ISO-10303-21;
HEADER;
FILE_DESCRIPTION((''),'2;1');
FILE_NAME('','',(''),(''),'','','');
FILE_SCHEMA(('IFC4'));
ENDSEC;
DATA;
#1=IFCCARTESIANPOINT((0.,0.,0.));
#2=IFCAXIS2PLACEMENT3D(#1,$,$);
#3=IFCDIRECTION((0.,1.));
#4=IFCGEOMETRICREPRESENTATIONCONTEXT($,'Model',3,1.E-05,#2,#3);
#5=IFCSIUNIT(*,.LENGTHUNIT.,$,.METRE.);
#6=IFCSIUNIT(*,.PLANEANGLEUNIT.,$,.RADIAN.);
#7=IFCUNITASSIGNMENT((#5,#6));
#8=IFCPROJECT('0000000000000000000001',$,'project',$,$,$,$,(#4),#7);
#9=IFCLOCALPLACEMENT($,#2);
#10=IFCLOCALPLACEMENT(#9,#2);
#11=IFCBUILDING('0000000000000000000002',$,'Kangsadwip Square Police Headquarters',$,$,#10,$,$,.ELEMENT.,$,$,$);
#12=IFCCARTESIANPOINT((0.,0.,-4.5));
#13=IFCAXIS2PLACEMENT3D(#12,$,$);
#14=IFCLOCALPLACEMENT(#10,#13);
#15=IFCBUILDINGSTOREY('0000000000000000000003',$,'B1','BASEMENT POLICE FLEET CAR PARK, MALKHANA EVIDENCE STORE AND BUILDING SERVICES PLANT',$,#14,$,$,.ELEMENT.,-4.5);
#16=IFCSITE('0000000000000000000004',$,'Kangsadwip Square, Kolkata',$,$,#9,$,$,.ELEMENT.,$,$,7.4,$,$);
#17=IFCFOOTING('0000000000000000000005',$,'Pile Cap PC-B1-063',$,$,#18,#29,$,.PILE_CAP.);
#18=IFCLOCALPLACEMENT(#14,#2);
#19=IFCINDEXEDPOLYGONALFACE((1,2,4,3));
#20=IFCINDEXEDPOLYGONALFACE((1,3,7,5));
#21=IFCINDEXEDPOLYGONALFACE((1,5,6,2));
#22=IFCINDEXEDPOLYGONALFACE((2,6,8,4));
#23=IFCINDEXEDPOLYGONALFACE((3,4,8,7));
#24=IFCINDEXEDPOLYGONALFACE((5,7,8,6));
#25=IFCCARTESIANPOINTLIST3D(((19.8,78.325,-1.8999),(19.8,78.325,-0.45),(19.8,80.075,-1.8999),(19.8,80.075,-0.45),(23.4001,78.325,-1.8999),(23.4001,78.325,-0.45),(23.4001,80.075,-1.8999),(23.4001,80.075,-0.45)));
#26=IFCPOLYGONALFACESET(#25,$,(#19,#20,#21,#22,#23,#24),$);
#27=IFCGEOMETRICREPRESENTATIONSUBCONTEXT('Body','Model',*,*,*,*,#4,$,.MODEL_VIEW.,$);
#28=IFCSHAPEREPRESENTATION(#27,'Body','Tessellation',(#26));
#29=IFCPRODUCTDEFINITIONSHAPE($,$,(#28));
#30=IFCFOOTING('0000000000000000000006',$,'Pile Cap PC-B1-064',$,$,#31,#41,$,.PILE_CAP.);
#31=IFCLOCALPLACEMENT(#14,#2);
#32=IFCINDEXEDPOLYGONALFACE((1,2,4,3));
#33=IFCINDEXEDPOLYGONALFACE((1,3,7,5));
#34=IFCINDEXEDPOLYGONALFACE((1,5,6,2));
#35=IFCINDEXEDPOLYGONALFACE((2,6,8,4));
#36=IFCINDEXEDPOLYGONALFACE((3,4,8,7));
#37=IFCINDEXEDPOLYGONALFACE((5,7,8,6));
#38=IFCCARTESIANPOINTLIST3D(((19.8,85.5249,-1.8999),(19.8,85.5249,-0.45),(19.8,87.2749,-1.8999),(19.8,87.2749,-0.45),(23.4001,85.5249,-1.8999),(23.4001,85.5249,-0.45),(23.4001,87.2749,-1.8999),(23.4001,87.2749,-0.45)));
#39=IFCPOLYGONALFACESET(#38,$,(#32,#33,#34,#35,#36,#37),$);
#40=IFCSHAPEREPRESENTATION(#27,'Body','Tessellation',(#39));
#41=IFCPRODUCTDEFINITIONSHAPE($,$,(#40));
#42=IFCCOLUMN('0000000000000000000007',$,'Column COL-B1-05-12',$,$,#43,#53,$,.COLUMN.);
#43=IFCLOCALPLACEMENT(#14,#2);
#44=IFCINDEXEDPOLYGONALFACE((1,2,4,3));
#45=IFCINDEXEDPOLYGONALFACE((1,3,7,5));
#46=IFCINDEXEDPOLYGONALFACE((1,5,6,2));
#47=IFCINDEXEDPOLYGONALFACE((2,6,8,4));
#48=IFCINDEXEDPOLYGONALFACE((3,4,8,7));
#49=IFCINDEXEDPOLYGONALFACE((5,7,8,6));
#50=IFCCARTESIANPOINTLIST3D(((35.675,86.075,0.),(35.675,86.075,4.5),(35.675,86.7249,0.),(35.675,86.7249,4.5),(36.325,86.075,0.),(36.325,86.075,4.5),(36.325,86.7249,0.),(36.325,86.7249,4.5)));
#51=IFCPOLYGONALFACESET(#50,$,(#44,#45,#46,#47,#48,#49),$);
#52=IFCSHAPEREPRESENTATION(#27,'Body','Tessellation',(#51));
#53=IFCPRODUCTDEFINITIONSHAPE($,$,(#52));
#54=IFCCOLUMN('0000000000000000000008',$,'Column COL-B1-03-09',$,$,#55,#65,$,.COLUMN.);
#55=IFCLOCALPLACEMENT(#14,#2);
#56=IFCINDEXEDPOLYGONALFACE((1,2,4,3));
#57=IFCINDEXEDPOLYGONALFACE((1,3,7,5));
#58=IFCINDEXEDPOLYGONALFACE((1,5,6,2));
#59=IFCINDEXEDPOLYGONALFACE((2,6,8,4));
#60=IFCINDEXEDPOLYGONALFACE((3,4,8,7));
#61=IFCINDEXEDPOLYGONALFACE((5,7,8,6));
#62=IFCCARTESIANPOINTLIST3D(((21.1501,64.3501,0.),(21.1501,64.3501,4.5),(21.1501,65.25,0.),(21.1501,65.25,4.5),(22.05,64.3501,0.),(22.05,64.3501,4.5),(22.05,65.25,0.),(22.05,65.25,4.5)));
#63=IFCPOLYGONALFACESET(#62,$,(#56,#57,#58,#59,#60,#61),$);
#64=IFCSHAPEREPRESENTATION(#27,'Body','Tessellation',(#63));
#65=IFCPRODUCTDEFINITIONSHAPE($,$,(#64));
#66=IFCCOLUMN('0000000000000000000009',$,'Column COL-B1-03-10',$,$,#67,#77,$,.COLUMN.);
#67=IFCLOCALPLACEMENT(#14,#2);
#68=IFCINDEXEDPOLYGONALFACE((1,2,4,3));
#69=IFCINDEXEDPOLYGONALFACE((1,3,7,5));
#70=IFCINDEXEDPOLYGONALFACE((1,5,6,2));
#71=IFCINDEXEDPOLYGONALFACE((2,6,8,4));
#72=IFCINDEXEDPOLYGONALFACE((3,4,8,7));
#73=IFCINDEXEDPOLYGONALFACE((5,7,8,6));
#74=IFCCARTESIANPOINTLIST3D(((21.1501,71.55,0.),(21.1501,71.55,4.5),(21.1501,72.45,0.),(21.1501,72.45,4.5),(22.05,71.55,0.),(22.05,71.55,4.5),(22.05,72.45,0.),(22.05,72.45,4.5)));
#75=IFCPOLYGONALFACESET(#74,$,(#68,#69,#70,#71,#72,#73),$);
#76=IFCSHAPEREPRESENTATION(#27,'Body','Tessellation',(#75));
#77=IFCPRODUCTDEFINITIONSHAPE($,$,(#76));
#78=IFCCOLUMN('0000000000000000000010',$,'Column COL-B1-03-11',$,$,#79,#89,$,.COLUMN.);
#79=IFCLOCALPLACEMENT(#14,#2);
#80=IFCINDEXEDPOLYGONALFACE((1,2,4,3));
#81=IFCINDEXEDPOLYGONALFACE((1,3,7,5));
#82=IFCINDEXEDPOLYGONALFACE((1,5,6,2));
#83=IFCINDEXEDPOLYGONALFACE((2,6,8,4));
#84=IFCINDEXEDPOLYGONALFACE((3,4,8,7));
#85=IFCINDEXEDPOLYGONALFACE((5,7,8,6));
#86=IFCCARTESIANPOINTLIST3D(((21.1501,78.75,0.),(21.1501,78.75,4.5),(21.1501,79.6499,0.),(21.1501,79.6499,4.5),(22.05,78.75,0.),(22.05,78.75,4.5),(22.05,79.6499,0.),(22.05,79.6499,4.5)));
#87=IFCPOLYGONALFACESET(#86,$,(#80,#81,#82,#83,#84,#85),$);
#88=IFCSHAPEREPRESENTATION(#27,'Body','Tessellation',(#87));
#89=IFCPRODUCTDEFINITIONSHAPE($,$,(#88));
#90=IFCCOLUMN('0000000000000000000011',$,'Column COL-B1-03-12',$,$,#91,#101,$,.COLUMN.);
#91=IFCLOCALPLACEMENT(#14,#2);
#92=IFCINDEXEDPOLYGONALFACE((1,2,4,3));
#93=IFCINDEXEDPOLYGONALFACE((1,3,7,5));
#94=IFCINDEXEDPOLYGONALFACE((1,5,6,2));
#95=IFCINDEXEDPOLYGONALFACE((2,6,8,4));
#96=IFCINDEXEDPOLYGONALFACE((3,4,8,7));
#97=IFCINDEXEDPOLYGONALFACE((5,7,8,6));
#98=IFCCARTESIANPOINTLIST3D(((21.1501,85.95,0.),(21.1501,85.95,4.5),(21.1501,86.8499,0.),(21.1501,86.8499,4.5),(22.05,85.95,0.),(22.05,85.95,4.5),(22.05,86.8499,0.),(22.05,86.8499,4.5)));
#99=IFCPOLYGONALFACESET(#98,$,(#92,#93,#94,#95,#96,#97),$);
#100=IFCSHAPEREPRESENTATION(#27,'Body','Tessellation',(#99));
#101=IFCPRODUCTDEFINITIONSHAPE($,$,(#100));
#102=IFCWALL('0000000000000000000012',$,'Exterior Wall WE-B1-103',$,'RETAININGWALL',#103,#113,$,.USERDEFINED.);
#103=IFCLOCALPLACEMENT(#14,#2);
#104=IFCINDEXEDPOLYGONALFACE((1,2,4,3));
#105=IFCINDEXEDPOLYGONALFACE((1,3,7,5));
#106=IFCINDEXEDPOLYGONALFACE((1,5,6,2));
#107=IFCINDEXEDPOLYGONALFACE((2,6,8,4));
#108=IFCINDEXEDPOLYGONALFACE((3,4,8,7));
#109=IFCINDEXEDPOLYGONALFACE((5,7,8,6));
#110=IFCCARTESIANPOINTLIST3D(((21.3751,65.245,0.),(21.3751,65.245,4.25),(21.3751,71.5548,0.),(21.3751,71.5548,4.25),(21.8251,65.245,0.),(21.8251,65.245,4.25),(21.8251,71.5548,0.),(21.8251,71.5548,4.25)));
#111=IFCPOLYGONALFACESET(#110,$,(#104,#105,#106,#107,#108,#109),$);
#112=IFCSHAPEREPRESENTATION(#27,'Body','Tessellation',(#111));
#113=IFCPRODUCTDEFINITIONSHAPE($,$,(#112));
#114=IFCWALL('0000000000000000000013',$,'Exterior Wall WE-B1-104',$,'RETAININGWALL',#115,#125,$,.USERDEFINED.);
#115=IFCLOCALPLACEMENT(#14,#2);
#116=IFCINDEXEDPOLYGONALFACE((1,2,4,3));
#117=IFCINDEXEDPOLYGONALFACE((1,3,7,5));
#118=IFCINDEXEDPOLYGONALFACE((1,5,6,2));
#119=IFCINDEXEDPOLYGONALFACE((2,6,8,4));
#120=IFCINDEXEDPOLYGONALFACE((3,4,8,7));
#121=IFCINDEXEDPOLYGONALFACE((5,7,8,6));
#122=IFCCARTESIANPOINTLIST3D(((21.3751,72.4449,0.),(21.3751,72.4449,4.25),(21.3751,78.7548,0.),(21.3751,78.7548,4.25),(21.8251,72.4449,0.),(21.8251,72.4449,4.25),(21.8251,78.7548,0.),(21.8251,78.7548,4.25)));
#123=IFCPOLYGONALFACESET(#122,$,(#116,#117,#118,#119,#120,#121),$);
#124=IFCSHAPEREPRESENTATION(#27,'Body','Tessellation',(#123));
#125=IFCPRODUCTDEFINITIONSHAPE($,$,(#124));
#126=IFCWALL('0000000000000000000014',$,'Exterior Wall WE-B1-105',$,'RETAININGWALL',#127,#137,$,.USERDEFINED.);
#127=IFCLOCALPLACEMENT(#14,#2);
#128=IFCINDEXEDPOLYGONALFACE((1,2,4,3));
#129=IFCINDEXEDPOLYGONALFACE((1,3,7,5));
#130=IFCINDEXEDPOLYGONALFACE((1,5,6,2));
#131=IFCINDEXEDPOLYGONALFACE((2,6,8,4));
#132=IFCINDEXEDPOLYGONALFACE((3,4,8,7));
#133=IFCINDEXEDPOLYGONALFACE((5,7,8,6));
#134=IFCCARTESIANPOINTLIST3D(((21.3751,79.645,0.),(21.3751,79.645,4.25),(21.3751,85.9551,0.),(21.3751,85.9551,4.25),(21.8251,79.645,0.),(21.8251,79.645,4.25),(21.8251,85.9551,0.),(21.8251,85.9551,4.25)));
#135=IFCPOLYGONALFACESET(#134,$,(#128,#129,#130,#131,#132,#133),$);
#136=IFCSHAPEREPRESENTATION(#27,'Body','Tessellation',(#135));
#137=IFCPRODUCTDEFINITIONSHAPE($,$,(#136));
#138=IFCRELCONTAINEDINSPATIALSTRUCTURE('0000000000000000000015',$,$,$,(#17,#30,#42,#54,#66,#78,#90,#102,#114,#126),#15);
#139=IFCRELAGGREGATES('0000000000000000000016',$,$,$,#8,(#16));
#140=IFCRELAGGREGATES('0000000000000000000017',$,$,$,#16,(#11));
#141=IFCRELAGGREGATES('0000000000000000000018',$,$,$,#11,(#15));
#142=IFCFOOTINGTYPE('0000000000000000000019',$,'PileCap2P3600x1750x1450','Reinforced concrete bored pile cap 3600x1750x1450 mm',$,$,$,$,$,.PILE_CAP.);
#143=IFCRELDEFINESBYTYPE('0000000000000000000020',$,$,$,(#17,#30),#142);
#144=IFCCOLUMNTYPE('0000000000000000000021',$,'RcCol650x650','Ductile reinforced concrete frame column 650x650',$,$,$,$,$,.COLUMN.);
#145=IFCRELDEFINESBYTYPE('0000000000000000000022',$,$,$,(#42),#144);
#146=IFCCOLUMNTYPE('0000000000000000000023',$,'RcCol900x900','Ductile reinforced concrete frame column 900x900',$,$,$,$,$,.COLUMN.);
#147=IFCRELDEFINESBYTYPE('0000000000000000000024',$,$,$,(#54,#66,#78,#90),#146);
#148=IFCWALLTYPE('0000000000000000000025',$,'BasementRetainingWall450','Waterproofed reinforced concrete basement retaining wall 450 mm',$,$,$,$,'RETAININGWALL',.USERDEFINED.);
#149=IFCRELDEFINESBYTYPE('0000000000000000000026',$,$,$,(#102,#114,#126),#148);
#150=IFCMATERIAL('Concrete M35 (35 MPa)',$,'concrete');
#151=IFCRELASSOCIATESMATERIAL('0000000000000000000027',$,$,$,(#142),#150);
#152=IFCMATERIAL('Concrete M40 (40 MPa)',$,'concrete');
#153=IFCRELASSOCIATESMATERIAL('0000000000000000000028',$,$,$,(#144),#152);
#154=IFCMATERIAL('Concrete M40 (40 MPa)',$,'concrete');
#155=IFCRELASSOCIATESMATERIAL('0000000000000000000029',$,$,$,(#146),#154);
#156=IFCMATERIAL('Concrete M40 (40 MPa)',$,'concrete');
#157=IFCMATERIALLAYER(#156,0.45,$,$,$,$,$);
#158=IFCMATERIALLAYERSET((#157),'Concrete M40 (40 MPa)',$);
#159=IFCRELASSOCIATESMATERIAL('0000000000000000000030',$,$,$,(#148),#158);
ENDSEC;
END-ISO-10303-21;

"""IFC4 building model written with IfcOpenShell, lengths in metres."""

from ifc_helpers import new_model, si_unit, direction, frame, frame_2d, origin, origin_2d, place, context, subcontext, project, spatial, rectangle, extrude, material, layer, layer_set, material_profile, profile_set, type_object, element, save


model = new_model("IFC4")

# Units and contexts
model_context = context("Model", 3, precision=1e-05, world=origin(), true_north=direction((0.0, 1.0)))
body_context = subcontext(model_context, "Body", "Model", "MODEL_VIEW")
ifc_project = project(units=[si_unit("LENGTHUNIT", "METRE"), si_unit("PLANEANGLEUNIT", "RADIAN")], contexts=[model_context])

# Site, building, storey
site_placement = place(None, origin())
site = spatial("IfcSite", under=ifc_project, at=site_placement, Name="Kangsadwip Square, Kolkata", CompositionType="ELEMENT", RefElevation=7.4)
building_placement = place(site_placement, origin())
building = spatial("IfcBuilding", under=site, at=building_placement, Name="Kangsadwip Square Police Headquarters", CompositionType="ELEMENT")
storey_placement = place(building_placement, frame((0.0, 0.0, -4.5)))
storey = spatial("IfcBuildingStorey", under=building, at=storey_placement, Name="B1", Description="BASEMENT POLICE FLEET CAR PARK, MALKHANA EVIDENCE STORE AND BUILDING SERVICES PLANT", CompositionType="ELEMENT", Elevation=-4.5)

# Footings
ifc_material_1 = material(Name="Concrete M35 (35 MPa)", Category="concrete")
footing_type_1 = type_object("IfcFootingType", Name="PileCap2P3600x1750x1450", Description="Reinforced concrete bored pile cap 3600x1750x1450 mm", PredefinedType="PILE_CAP", material=ifc_material_1)
for number, where, z_axis, x_axis, name in (
    (1, (21.6001, 79.2, -1.8999), (0.0, 0.0, 1.0), (1.0, 0.0, 0.0), "Pile Cap PC-B1-063"),
    (2, (21.6001, 86.3999, -1.8999), (0.0, 0.0, 1.0), (1.0, 0.0, 0.0), "Pile Cap PC-B1-064"),
):
    element("IfcFooting", number, at=place(storey_placement, frame(where, z_axis=z_axis, x_axis=x_axis)), inside=storey, type_object=footing_type_1, Name=name, PredefinedType="PILE_CAP", context=body_context, shape_type="SweptSolid", body=[
        extrude(rectangle(XDim=3.6001, YDim=1.75, at=origin_2d()), origin(), (0.0, 0.0, 1.0), 1.45),
    ])

# Columns
ifc_material_2 = material(Name="Concrete M40 (40 MPa)", Category="concrete")
ifc_material_profile_1 = material_profile(ifc_material_2, rectangle(XDim=0.6499, YDim=0.6499, at=origin_2d()), Name="RC COL 650X650")
ifc_profile_set_1 = profile_set([ifc_material_profile_1], Name="Concrete M40 (40 MPa)")
column_type_1 = type_object("IfcColumnType", Name="RcCol650x650", Description="Ductile reinforced concrete frame column 650x650", PredefinedType="COLUMN", material=ifc_profile_set_1)
column_placement = place(storey_placement, frame((36.0, 86.3999, 0.0), z_axis=(0.0, 0.0, 1.0), x_axis=(1.0, 0.0, 0.0)))
element("IfcColumn", 3, at=column_placement, inside=storey, type_object=column_type_1, Name="Column COL-B1-05-12", PredefinedType="COLUMN", context=body_context, shape_type="SweptSolid", body=[
    extrude(rectangle(XDim=0.6499, YDim=0.6499, at=origin_2d()), origin(), (0.0, 0.0, 1.0), 4.5),
])
ifc_material_3 = material(Name="Concrete M40 (40 MPa)", Category="concrete")
ifc_material_profile_2 = material_profile(ifc_material_3, rectangle(XDim=0.8999, YDim=0.8999, at=origin_2d()), Name="RC COL 900X900")
ifc_profile_set_2 = profile_set([ifc_material_profile_2], Name="Concrete M40 (40 MPa)")
column_type_2 = type_object("IfcColumnType", Name="RcCol900x900", Description="Ductile reinforced concrete frame column 900x900", PredefinedType="COLUMN", material=ifc_profile_set_2)
for number, where, z_axis, x_axis, name in (
    (4, (21.6001, 64.8, 0.0), (0.0, 0.0, 1.0), (1.0, 0.0, 0.0), "Column COL-B1-03-09"),
    (5, (21.6001, 72.0, 0.0), (0.0, 0.0, 1.0), (1.0, 0.0, 0.0), "Column COL-B1-03-10"),
    (6, (21.6001, 79.2, 0.0), (0.0, 0.0, 1.0), (1.0, 0.0, 0.0), "Column COL-B1-03-11"),
    (7, (21.6001, 86.3999, 0.0), (0.0, 0.0, 1.0), (1.0, 0.0, 0.0), "Column COL-B1-03-12"),
):
    element("IfcColumn", number, at=place(storey_placement, frame(where, z_axis=z_axis, x_axis=x_axis)), inside=storey, type_object=column_type_2, Name=name, PredefinedType="COLUMN", context=body_context, shape_type="SweptSolid", body=[
        extrude(rectangle(XDim=0.8999, YDim=0.8999, at=origin_2d()), origin(), (0.0, 0.0, 1.0), 4.5),
    ])

# Walls
ifc_material_4 = material(Name="Concrete M40 (40 MPa)", Category="concrete")
ifc_layer = layer(ifc_material_4, 0.45)
ifc_layer_set = layer_set([ifc_layer], Name="Concrete M40 (40 MPa)")
wall_type = type_object("IfcWallType", Name="BasementRetainingWall450", Description="Waterproofed reinforced concrete basement retaining wall 450 mm", ElementType="RETAININGWALL", PredefinedType="USERDEFINED", material=ifc_layer_set)
for number, where, z_axis, x_axis, name in (
    (8, (21.6001, 65.2451, 0.0), (0.0, 0.0, 1.0), (0.0, 1.0, 0.0), "Exterior Wall WE-B1-103"),
    (9, (21.6001, 72.4451, 0.0), (0.0, 0.0, 1.0), (0.0, 1.0, 0.0), "Exterior Wall WE-B1-104"),
):
    element("IfcWall", number, at=place(storey_placement, frame(where, z_axis=z_axis, x_axis=x_axis)), inside=storey, type_object=wall_type, Name=name, ObjectType="RETAININGWALL", PredefinedType="USERDEFINED", context=body_context, shape_type="SweptSolid", body=[
        extrude(rectangle(XDim=6.3098, YDim=0.45, at=frame_2d((3.1548, 0.0))), origin(), (0.0, 0.0, 1.0), 4.25),
    ])
wall_placement = place(storey_placement, frame((21.6001, 79.645, 0.0), z_axis=(0.0, 0.0, 1.0), x_axis=(0.0, 1.0, 0.0)))
element("IfcWall", 10, at=wall_placement, inside=storey, type_object=wall_type, Name="Exterior Wall WE-B1-105", ObjectType="RETAININGWALL", PredefinedType="USERDEFINED", context=body_context, shape_type="SweptSolid", body=[
    extrude(rectangle(XDim=6.3101, YDim=0.45, at=frame_2d((3.155, 0.0))), origin(), (0.0, 0.0, 1.0), 4.25),
])

save(model, "model.ifc")
